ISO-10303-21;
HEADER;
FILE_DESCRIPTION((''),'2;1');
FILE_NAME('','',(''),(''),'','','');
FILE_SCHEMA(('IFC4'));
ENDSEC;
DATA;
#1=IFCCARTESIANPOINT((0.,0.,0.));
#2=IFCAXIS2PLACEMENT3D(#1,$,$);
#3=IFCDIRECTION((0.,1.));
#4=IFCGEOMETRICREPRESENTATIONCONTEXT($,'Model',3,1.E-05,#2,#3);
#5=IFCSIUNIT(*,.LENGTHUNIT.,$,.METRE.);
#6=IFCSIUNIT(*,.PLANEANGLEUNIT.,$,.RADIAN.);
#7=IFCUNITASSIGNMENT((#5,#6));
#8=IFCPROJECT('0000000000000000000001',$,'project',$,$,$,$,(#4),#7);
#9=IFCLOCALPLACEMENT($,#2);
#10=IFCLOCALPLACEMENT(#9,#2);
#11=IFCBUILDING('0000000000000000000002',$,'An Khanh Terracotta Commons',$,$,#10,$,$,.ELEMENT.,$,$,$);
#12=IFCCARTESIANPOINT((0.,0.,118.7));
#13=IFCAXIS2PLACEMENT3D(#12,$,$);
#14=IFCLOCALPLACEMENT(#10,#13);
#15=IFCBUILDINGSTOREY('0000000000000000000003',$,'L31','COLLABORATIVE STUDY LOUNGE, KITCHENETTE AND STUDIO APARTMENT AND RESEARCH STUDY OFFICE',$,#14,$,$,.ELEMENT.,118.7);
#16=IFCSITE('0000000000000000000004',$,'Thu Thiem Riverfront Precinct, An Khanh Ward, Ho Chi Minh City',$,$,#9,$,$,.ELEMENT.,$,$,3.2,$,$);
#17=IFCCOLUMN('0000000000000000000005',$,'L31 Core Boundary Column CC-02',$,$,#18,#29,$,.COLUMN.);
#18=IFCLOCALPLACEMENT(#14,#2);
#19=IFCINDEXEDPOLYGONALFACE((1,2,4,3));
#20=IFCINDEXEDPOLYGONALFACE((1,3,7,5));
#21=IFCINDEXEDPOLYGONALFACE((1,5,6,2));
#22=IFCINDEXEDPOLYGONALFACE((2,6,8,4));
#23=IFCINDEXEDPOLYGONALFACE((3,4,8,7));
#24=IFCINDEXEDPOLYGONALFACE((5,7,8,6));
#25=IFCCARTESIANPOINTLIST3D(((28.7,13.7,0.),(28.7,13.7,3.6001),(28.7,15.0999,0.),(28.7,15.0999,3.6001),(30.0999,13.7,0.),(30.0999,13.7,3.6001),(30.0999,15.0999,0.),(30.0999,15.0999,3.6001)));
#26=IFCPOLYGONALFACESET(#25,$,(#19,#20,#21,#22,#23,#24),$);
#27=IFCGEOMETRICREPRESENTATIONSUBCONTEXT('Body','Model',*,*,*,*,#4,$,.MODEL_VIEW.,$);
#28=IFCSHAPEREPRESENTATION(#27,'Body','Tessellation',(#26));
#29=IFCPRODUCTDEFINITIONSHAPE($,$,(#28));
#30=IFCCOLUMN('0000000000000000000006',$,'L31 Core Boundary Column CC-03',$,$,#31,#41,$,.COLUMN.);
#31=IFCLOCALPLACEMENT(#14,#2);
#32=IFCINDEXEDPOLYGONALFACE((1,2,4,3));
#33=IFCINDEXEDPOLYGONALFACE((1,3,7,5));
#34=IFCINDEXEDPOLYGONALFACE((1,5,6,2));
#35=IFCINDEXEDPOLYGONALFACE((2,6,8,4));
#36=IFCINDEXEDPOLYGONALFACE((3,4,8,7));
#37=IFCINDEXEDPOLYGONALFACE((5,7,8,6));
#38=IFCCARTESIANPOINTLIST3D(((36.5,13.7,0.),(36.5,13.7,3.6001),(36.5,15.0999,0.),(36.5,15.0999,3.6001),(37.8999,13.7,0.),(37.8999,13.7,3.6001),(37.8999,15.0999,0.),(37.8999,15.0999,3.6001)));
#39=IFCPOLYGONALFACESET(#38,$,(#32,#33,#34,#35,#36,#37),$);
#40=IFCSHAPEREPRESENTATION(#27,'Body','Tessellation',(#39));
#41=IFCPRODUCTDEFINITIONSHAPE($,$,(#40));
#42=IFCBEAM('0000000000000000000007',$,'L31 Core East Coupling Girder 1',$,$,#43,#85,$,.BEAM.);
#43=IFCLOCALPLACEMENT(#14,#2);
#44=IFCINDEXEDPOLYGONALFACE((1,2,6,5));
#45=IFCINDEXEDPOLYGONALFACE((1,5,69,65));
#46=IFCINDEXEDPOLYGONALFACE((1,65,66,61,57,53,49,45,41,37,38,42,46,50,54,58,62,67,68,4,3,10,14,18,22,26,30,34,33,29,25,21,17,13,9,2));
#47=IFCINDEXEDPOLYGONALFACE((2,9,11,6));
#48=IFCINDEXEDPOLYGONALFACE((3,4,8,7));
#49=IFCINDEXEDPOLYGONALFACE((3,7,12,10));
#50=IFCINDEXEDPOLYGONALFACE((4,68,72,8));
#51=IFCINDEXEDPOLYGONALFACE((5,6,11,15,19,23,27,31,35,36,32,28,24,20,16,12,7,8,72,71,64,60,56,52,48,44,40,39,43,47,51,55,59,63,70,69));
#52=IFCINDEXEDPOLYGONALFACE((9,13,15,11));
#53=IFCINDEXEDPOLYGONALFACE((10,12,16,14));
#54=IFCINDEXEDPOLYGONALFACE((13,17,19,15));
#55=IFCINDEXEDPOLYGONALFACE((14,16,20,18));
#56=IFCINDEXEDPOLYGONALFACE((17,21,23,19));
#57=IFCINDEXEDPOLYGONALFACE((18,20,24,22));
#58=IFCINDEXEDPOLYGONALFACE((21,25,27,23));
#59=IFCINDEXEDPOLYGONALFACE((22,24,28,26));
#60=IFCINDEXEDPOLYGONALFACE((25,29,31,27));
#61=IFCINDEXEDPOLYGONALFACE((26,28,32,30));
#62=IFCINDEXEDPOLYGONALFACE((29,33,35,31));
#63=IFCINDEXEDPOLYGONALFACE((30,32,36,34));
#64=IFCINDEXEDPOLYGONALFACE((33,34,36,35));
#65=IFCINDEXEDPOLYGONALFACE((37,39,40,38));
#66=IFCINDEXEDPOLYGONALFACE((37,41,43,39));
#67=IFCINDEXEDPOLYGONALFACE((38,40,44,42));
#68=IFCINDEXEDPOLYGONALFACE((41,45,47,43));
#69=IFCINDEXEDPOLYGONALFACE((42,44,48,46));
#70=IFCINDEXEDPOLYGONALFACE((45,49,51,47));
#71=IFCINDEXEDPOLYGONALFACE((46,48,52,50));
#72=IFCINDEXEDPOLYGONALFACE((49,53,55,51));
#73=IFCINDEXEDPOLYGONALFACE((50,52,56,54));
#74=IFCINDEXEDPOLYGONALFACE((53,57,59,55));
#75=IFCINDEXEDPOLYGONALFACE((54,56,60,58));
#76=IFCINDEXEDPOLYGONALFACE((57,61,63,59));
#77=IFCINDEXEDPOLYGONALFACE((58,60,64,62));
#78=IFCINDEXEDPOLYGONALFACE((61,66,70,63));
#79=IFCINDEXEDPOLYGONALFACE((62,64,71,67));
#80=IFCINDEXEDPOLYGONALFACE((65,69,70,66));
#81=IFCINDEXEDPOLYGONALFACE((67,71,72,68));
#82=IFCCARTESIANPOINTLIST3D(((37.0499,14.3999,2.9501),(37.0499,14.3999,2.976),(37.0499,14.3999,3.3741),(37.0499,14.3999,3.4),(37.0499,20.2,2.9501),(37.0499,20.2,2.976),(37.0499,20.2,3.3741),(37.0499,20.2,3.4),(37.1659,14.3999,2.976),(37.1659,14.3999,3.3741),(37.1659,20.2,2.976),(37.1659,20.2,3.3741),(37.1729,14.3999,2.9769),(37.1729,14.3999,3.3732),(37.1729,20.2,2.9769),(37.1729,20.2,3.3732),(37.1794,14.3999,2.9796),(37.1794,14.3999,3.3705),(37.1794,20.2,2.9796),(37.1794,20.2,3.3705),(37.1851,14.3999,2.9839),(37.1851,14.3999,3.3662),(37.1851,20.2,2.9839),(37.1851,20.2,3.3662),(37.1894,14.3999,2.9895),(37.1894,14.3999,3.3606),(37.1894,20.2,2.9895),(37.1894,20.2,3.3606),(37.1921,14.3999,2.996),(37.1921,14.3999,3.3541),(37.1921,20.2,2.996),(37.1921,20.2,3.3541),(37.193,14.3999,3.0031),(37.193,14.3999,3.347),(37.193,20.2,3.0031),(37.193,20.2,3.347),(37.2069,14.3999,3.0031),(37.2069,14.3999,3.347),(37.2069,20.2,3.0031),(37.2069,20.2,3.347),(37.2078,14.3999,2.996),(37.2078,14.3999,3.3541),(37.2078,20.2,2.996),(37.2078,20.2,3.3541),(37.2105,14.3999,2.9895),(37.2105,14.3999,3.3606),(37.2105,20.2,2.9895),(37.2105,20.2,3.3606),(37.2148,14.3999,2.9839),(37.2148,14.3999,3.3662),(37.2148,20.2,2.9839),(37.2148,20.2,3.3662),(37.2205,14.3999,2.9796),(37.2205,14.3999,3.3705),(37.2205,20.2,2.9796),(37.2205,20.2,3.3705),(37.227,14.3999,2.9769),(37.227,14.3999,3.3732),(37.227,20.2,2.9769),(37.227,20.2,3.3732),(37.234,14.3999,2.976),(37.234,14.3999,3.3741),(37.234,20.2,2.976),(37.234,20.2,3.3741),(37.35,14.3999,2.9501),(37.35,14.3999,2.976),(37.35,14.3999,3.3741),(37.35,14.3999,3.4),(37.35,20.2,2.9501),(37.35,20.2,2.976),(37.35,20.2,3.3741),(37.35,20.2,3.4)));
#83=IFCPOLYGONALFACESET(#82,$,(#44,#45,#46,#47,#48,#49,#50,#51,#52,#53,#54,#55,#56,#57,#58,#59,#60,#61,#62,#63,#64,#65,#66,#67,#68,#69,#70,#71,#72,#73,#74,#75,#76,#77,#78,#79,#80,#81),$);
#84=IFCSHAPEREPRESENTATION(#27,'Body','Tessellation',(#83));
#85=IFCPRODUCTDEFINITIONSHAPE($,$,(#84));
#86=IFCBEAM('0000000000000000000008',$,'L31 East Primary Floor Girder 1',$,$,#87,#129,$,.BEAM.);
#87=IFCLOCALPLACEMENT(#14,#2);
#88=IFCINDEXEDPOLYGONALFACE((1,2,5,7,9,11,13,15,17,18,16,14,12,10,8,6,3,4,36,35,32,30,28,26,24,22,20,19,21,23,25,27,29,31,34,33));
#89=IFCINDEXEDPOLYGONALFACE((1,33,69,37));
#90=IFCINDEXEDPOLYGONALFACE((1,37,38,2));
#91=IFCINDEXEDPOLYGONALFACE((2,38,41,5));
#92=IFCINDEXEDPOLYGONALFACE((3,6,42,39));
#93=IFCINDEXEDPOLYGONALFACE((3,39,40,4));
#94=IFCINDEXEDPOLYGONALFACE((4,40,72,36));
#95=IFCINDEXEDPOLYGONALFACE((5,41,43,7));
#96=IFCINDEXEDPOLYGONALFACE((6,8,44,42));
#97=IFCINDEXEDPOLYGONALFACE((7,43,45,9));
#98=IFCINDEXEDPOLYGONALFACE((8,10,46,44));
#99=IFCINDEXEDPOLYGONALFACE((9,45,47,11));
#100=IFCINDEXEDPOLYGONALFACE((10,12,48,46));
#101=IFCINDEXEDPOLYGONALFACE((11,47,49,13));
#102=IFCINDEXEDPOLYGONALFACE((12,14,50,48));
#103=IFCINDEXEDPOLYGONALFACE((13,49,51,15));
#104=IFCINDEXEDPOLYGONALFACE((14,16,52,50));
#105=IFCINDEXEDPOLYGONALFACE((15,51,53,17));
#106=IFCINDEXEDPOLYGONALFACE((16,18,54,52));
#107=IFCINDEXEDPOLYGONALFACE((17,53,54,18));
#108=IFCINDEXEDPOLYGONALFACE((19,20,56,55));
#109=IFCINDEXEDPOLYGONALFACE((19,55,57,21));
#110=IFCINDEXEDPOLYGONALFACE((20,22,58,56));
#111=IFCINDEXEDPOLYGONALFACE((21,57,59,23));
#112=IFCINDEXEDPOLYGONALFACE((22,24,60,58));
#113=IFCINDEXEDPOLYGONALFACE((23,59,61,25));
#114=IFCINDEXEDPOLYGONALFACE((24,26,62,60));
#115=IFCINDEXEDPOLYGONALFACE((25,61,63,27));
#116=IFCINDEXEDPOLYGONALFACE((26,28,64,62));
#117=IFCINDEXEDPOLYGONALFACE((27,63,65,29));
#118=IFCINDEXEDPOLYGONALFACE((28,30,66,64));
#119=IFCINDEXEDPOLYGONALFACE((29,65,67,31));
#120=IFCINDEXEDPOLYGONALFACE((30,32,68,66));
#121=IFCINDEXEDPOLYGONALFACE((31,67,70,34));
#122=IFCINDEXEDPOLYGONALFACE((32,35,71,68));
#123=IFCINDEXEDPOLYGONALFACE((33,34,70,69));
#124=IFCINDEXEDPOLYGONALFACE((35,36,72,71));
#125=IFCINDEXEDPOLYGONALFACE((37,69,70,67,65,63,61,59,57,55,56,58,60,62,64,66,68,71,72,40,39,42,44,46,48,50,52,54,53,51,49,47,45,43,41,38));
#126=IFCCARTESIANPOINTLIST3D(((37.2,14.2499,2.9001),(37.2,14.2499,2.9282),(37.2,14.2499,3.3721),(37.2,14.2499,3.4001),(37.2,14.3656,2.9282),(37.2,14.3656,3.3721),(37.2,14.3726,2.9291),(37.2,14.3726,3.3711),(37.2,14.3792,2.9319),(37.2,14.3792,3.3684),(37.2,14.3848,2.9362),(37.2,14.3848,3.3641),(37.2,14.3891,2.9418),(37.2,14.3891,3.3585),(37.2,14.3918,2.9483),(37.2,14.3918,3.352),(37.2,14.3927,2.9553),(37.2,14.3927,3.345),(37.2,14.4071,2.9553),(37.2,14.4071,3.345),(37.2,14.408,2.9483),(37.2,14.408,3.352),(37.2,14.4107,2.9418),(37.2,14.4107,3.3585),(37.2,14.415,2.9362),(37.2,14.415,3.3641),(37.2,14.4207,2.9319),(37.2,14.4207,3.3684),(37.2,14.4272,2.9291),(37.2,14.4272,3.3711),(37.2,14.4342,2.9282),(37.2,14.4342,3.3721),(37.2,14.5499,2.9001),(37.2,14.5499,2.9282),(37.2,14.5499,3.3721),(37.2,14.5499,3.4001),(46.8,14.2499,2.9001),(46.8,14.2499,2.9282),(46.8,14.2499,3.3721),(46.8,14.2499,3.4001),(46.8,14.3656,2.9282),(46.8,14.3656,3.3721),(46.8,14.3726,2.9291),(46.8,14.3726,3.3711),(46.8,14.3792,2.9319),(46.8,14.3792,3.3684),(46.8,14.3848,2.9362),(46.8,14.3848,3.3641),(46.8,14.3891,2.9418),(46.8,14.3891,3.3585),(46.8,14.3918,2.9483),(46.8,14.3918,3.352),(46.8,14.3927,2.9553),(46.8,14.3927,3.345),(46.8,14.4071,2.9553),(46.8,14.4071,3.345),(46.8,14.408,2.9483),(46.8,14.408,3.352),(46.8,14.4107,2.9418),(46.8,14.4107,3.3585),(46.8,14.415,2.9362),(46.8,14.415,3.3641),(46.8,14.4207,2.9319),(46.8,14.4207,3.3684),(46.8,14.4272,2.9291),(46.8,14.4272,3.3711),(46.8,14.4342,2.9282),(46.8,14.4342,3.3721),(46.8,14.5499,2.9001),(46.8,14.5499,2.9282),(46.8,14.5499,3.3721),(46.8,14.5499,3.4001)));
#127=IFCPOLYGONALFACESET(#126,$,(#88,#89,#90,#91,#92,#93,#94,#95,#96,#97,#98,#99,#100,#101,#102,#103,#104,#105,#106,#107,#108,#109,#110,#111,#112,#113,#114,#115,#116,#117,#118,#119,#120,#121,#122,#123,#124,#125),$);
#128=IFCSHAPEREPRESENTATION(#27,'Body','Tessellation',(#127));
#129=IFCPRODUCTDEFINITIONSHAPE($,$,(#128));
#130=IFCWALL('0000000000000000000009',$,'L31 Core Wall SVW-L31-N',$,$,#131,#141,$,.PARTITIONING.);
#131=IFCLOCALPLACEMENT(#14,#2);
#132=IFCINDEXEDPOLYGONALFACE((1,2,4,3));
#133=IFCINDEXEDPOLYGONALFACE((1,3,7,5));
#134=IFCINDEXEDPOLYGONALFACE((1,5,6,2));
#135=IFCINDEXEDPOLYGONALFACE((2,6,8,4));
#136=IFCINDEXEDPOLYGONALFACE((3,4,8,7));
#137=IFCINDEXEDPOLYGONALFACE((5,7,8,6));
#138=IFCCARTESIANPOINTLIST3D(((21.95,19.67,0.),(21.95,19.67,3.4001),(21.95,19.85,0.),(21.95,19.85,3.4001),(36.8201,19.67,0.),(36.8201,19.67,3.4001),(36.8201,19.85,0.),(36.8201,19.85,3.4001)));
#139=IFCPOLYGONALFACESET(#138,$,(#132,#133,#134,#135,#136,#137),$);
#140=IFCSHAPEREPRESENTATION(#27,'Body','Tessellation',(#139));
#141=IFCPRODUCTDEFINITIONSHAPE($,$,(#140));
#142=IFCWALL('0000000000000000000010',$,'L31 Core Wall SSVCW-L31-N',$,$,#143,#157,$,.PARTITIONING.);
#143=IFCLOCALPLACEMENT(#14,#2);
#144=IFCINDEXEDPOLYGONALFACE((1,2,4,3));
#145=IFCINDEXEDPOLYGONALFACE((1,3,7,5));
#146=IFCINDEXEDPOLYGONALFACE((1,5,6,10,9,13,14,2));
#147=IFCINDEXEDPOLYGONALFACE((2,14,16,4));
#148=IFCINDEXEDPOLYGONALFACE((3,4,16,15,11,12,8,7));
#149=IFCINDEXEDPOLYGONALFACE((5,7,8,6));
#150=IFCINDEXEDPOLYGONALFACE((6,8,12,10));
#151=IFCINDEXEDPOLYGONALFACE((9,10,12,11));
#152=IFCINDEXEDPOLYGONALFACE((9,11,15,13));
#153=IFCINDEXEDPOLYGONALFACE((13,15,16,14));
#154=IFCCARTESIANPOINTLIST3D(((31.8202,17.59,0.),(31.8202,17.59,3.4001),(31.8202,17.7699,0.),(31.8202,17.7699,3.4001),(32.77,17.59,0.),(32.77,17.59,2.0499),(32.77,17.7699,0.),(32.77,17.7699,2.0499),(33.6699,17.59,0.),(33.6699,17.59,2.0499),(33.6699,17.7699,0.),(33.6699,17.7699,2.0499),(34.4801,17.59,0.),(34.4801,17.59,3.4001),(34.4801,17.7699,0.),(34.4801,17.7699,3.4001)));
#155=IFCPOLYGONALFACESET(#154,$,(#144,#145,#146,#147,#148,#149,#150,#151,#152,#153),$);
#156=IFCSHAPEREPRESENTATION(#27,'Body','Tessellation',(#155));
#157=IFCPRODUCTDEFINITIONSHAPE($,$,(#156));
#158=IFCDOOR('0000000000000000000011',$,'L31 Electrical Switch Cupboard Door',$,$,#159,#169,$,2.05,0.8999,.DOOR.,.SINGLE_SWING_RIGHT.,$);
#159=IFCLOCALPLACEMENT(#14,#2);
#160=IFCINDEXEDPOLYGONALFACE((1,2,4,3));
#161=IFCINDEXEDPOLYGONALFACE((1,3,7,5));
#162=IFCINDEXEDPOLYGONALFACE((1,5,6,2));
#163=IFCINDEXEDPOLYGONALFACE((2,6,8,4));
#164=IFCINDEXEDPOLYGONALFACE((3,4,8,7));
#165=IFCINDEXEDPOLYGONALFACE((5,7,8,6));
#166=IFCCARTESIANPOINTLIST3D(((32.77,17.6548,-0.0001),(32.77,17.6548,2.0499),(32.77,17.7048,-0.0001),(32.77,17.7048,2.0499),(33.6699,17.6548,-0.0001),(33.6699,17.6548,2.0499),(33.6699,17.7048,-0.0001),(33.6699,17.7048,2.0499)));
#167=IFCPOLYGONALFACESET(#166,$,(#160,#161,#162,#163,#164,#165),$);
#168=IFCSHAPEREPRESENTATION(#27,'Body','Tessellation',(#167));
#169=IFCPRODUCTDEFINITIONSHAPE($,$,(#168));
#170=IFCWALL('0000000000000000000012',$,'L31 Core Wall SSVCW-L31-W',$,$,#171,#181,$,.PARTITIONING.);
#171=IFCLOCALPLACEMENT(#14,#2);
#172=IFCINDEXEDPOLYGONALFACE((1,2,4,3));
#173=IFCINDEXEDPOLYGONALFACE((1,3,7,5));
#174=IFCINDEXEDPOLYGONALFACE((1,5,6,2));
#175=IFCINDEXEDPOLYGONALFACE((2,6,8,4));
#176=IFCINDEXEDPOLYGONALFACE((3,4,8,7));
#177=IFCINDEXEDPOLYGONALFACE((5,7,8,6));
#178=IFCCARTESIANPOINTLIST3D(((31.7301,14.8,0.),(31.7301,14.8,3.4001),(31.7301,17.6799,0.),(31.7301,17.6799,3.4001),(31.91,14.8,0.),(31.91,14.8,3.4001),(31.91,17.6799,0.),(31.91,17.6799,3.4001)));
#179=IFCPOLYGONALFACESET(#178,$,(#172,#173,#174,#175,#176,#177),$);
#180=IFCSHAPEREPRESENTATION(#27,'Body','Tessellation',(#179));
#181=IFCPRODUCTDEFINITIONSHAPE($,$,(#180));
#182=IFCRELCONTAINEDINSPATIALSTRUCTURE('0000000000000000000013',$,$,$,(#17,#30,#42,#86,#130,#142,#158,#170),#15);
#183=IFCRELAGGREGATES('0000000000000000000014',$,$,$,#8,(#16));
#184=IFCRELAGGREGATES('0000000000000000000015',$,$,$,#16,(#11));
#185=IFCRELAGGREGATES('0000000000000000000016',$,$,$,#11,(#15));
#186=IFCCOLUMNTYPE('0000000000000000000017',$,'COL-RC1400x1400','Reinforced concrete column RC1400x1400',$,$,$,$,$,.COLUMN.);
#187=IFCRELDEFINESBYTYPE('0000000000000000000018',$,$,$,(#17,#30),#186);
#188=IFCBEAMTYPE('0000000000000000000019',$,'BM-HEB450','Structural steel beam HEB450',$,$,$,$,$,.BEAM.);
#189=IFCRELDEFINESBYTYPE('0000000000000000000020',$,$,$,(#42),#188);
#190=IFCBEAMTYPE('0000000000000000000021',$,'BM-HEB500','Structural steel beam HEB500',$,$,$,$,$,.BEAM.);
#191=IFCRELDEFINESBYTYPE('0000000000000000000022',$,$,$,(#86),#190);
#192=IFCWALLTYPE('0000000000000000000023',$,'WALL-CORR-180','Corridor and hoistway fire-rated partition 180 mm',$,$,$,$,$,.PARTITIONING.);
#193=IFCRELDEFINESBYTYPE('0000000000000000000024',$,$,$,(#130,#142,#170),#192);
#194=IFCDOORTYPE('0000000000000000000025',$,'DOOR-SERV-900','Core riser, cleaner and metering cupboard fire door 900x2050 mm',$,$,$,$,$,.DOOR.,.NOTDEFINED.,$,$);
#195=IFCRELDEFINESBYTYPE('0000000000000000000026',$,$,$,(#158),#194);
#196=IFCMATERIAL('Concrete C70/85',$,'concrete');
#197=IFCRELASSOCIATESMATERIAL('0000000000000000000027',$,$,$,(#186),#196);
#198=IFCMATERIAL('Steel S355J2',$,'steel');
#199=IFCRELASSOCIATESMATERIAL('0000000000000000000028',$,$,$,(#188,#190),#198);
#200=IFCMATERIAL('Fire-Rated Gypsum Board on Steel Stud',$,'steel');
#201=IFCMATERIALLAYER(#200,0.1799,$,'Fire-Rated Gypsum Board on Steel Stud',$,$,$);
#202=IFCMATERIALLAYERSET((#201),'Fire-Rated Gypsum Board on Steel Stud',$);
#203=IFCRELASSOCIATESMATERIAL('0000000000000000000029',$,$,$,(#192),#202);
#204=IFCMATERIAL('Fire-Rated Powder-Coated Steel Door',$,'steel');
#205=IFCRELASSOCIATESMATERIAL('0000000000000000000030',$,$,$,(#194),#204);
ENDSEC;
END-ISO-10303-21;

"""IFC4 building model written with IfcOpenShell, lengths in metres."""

from ifc_helpers import new_model, si_unit, direction, frame, frame_2d, origin, origin_2d, place, context, subcontext, project, spatial, rectangle, i_section, extrude, material, layer, layer_set, material_profile, profile_set, type_object, element, fill, save


model = new_model("IFC4")

# Units and contexts
model_context = context("Model", 3, precision=1e-05, world=origin(), true_north=direction((0.0, 1.0)))
body_context = subcontext(model_context, "Body", "Model", "MODEL_VIEW")
ifc_project = project(units=[si_unit("LENGTHUNIT", "METRE"), si_unit("PLANEANGLEUNIT", "RADIAN")], contexts=[model_context])

# Site, building, storey
site_placement = place(None, origin())
site = spatial("IfcSite", under=ifc_project, at=site_placement, Name="Thu Thiem Riverfront Precinct, An Khanh Ward, Ho Chi Minh City", CompositionType="ELEMENT", RefElevation=3.2)
building_placement = place(site_placement, origin())
building = spatial("IfcBuilding", under=site, at=building_placement, Name="An Khanh Terracotta Commons", CompositionType="ELEMENT")
storey_placement = place(building_placement, frame((0.0, 0.0, 118.7)))
storey = spatial("IfcBuildingStorey", under=building, at=storey_placement, Name="L31", Description="COLLABORATIVE STUDY LOUNGE, KITCHENETTE AND STUDIO APARTMENT AND RESEARCH STUDY OFFICE", CompositionType="ELEMENT", Elevation=118.7)

# Columns
ifc_material_1 = material(Name="Concrete C70/85", Category="concrete")
ifc_material_profile_1 = material_profile(ifc_material_1, rectangle(XDim=1.3999, YDim=1.3999, at=origin_2d()), Name="RC1400x1400")
ifc_profile_set_1 = profile_set([ifc_material_profile_1], Name="Concrete C70/85")
column_type = type_object("IfcColumnType", Name="COL-RC1400x1400", Description="Reinforced concrete column RC1400x1400", PredefinedType="COLUMN", material=ifc_profile_set_1)
for number, where, z_axis, x_axis, name in (
    (1, (29.3999, 14.3999, 0.0), (0.0, 0.0, 1.0), (1.0, 0.0, 0.0), "L31 Core Boundary Column CC-02"),
    (2, (37.2, 14.3999, 0.0), (0.0, 0.0, 1.0), (1.0, 0.0, 0.0), "L31 Core Boundary Column CC-03"),
):
    element("IfcColumn", number, at=place(storey_placement, frame(where, z_axis=z_axis, x_axis=x_axis)), inside=storey, type_object=column_type, Name=name, PredefinedType="COLUMN", context=body_context, shape_type="SweptSolid", body=[
        extrude(rectangle(XDim=1.3999, YDim=1.3999, at=origin_2d()), origin(), (0.0, 0.0, 1.0), 3.6001),
    ])

# Beams
ifc_material_2 = material(Name="Steel S355J2", Category="steel")
ifc_material_profile_2 = material_profile(ifc_material_2, i_section(OverallWidth=0.3, OverallDepth=0.45, WebThickness=0.0139, FlangeThickness=0.0259, FilletRadius=0.0271, at=origin_2d()), Name="HEB450")
ifc_profile_set_2 = profile_set([ifc_material_profile_2], Name="Steel S355J2")
beam_type_1 = type_object("IfcBeamType", Name="BM-HEB450", Description="Structural steel beam HEB450", PredefinedType="BEAM", material=ifc_profile_set_2)
beam_1_placement = place(storey_placement, frame((37.2, 14.3999, 3.175), z_axis=(0.0, 1.0, 0.0), x_axis=(-1.0, 0.0, 0.0)))
element("IfcBeam", 3, at=beam_1_placement, inside=storey, type_object=beam_type_1, Name="L31 Core East Coupling Girder 1", PredefinedType="BEAM", context=body_context, shape_type="SweptSolid", body=[
    extrude(i_section(OverallWidth=0.3, OverallDepth=0.45, WebThickness=0.0139, FlangeThickness=0.0259, FilletRadius=0.0271, at=origin_2d()), origin(), (0.0, 0.0, 1.0), 5.8),
])
ifc_material_profile_3 = material_profile(ifc_material_2, i_section(OverallWidth=0.3, OverallDepth=0.5, WebThickness=0.0144, FlangeThickness=0.0281, FilletRadius=0.0271, at=origin_2d()), Name="HEB500")
ifc_profile_set_3 = profile_set([ifc_material_profile_3], Name="Steel S355J2")
beam_type_2 = type_object("IfcBeamType", Name="BM-HEB500", Description="Structural steel beam HEB500", PredefinedType="BEAM", material=ifc_profile_set_3)
beam_2_placement = place(storey_placement, frame((37.2, 14.3999, 3.1501), z_axis=(1.0, 0.0, 0.0), x_axis=(0.0, 1.0, 0.0)))
element("IfcBeam", 4, at=beam_2_placement, inside=storey, type_object=beam_type_2, Name="L31 East Primary Floor Girder 1", PredefinedType="BEAM", context=body_context, shape_type="SweptSolid", body=[
    extrude(i_section(OverallWidth=0.3, OverallDepth=0.5, WebThickness=0.0144, FlangeThickness=0.0281, FilletRadius=0.0271, at=origin_2d()), origin(), (0.0, 0.0, 1.0), 9.6001),
])

# Wall
ifc_material_3 = material(Name="Fire-Rated Gypsum Board on Steel Stud", Category="steel")
ifc_layer_1 = layer(ifc_material_3, 0.1799, Name="Fire-Rated Gypsum Board on Steel Stud")
ifc_layer_set_1 = layer_set([ifc_layer_1], Name="Fire-Rated Gypsum Board on Steel Stud")
wall_type_1 = type_object("IfcWallType", Name="WALL-CORR-180", Description="Corridor and hoistway fire-rated partition 180 mm", PredefinedType="PARTITIONING", material=ifc_layer_set_1)
wall_1_placement = place(storey_placement, frame((21.95, 19.76, 0.0), z_axis=(0.0, 0.0, 1.0), x_axis=(1.0, 0.0, 0.0)))
element("IfcWall", 5, at=wall_1_placement, inside=storey, type_object=wall_type_1, Name="L31 Core Wall SVW-L31-N", PredefinedType="PARTITIONING", context=body_context, shape_type="SweptSolid", body=[
    extrude(rectangle(XDim=14.8701, YDim=0.1799, at=frame_2d((7.4351, 0.0))), origin(), (0.0, 0.0, 1.0), 3.4001),
])

# Wall, opening, door
wall_2_placement = place(storey_placement, frame((31.8201, 17.6799, 0.0), z_axis=(0.0, 0.0, 1.0), x_axis=(1.0, 0.0, 0.0)))
wall_2 = element("IfcWall", 6, at=wall_2_placement, inside=storey, type_object=wall_type_1, Name="L31 Core Wall SSVCW-L31-N", PredefinedType="PARTITIONING", context=body_context, shape_type="SweptSolid", body=[
    extrude(rectangle(XDim=2.6599, YDim=0.1799, at=frame_2d((1.3301, 0.0))), origin(), (0.0, 0.0, 1.0), 3.4001),
])
opening_1_placement = place(wall_2_placement, frame((0.95, 0.0, 0.0)))
opening_1 = element("IfcOpeningElement", 7, at=opening_1_placement, cuts=wall_2, PredefinedType="OPENING", context=body_context, shape_type="SweptSolid", body=[
    extrude(rectangle(XDim=0.8999, YDim=2.05, at=frame_2d((0.45, 1.0249))), frame((0.0, 0.0999, 0.0), z_axis=(0.0, -1.0, 0.0), x_axis=(1.0, 0.0, 0.0)), (0.0, 0.0, 1.0), 0.2),
])
ifc_material_4 = material(Name="Fire-Rated Powder-Coated Steel Door", Category="steel")
door_type_1 = type_object("IfcDoorType", Name="DOOR-SERV-900", Description="Core riser, cleaner and metering cupboard fire door 900x2050 mm", OperationType="NOTDEFINED", PredefinedType="DOOR", material=ifc_material_4)
door_1_placement = place(opening_1_placement, origin())
door_1 = element("IfcDoor", 8, at=door_1_placement, inside=storey, type_object=door_type_1, Name="L31 Electrical Switch Cupboard Door", OperationType="SINGLE_SWING_RIGHT", OverallHeight=2.05, OverallWidth=0.8999, PredefinedType="DOOR", context=body_context, shape_type="SweptSolid", body=[
    extrude(rectangle(XDim=0.8999, YDim=2.05, at=frame_2d((0.45, 1.0249))), frame((0.0, 0.0249, 0.0), z_axis=(0.0, -1.0, 0.0), x_axis=(1.0, 0.0, 0.0)), (0.0, 0.0, 1.0), 0.05),
])
fill(opening_1, door_1)

# Wall
wall_3_placement = place(storey_placement, frame((31.8201, 14.8, 0.0), z_axis=(0.0, 0.0, 1.0), x_axis=(0.0, 1.0, 0.0)))
element("IfcWall", 9, at=wall_3_placement, inside=storey, type_object=wall_type_1, Name="L31 Core Wall SSVCW-L31-W", PredefinedType="PARTITIONING", context=body_context, shape_type="SweptSolid", body=[
    extrude(rectangle(XDim=2.8799, YDim=0.1799, at=frame_2d((1.4399, 0.0))), origin(), (0.0, 0.0, 1.0), 3.4001),
])

save(model, "model.ifc")
